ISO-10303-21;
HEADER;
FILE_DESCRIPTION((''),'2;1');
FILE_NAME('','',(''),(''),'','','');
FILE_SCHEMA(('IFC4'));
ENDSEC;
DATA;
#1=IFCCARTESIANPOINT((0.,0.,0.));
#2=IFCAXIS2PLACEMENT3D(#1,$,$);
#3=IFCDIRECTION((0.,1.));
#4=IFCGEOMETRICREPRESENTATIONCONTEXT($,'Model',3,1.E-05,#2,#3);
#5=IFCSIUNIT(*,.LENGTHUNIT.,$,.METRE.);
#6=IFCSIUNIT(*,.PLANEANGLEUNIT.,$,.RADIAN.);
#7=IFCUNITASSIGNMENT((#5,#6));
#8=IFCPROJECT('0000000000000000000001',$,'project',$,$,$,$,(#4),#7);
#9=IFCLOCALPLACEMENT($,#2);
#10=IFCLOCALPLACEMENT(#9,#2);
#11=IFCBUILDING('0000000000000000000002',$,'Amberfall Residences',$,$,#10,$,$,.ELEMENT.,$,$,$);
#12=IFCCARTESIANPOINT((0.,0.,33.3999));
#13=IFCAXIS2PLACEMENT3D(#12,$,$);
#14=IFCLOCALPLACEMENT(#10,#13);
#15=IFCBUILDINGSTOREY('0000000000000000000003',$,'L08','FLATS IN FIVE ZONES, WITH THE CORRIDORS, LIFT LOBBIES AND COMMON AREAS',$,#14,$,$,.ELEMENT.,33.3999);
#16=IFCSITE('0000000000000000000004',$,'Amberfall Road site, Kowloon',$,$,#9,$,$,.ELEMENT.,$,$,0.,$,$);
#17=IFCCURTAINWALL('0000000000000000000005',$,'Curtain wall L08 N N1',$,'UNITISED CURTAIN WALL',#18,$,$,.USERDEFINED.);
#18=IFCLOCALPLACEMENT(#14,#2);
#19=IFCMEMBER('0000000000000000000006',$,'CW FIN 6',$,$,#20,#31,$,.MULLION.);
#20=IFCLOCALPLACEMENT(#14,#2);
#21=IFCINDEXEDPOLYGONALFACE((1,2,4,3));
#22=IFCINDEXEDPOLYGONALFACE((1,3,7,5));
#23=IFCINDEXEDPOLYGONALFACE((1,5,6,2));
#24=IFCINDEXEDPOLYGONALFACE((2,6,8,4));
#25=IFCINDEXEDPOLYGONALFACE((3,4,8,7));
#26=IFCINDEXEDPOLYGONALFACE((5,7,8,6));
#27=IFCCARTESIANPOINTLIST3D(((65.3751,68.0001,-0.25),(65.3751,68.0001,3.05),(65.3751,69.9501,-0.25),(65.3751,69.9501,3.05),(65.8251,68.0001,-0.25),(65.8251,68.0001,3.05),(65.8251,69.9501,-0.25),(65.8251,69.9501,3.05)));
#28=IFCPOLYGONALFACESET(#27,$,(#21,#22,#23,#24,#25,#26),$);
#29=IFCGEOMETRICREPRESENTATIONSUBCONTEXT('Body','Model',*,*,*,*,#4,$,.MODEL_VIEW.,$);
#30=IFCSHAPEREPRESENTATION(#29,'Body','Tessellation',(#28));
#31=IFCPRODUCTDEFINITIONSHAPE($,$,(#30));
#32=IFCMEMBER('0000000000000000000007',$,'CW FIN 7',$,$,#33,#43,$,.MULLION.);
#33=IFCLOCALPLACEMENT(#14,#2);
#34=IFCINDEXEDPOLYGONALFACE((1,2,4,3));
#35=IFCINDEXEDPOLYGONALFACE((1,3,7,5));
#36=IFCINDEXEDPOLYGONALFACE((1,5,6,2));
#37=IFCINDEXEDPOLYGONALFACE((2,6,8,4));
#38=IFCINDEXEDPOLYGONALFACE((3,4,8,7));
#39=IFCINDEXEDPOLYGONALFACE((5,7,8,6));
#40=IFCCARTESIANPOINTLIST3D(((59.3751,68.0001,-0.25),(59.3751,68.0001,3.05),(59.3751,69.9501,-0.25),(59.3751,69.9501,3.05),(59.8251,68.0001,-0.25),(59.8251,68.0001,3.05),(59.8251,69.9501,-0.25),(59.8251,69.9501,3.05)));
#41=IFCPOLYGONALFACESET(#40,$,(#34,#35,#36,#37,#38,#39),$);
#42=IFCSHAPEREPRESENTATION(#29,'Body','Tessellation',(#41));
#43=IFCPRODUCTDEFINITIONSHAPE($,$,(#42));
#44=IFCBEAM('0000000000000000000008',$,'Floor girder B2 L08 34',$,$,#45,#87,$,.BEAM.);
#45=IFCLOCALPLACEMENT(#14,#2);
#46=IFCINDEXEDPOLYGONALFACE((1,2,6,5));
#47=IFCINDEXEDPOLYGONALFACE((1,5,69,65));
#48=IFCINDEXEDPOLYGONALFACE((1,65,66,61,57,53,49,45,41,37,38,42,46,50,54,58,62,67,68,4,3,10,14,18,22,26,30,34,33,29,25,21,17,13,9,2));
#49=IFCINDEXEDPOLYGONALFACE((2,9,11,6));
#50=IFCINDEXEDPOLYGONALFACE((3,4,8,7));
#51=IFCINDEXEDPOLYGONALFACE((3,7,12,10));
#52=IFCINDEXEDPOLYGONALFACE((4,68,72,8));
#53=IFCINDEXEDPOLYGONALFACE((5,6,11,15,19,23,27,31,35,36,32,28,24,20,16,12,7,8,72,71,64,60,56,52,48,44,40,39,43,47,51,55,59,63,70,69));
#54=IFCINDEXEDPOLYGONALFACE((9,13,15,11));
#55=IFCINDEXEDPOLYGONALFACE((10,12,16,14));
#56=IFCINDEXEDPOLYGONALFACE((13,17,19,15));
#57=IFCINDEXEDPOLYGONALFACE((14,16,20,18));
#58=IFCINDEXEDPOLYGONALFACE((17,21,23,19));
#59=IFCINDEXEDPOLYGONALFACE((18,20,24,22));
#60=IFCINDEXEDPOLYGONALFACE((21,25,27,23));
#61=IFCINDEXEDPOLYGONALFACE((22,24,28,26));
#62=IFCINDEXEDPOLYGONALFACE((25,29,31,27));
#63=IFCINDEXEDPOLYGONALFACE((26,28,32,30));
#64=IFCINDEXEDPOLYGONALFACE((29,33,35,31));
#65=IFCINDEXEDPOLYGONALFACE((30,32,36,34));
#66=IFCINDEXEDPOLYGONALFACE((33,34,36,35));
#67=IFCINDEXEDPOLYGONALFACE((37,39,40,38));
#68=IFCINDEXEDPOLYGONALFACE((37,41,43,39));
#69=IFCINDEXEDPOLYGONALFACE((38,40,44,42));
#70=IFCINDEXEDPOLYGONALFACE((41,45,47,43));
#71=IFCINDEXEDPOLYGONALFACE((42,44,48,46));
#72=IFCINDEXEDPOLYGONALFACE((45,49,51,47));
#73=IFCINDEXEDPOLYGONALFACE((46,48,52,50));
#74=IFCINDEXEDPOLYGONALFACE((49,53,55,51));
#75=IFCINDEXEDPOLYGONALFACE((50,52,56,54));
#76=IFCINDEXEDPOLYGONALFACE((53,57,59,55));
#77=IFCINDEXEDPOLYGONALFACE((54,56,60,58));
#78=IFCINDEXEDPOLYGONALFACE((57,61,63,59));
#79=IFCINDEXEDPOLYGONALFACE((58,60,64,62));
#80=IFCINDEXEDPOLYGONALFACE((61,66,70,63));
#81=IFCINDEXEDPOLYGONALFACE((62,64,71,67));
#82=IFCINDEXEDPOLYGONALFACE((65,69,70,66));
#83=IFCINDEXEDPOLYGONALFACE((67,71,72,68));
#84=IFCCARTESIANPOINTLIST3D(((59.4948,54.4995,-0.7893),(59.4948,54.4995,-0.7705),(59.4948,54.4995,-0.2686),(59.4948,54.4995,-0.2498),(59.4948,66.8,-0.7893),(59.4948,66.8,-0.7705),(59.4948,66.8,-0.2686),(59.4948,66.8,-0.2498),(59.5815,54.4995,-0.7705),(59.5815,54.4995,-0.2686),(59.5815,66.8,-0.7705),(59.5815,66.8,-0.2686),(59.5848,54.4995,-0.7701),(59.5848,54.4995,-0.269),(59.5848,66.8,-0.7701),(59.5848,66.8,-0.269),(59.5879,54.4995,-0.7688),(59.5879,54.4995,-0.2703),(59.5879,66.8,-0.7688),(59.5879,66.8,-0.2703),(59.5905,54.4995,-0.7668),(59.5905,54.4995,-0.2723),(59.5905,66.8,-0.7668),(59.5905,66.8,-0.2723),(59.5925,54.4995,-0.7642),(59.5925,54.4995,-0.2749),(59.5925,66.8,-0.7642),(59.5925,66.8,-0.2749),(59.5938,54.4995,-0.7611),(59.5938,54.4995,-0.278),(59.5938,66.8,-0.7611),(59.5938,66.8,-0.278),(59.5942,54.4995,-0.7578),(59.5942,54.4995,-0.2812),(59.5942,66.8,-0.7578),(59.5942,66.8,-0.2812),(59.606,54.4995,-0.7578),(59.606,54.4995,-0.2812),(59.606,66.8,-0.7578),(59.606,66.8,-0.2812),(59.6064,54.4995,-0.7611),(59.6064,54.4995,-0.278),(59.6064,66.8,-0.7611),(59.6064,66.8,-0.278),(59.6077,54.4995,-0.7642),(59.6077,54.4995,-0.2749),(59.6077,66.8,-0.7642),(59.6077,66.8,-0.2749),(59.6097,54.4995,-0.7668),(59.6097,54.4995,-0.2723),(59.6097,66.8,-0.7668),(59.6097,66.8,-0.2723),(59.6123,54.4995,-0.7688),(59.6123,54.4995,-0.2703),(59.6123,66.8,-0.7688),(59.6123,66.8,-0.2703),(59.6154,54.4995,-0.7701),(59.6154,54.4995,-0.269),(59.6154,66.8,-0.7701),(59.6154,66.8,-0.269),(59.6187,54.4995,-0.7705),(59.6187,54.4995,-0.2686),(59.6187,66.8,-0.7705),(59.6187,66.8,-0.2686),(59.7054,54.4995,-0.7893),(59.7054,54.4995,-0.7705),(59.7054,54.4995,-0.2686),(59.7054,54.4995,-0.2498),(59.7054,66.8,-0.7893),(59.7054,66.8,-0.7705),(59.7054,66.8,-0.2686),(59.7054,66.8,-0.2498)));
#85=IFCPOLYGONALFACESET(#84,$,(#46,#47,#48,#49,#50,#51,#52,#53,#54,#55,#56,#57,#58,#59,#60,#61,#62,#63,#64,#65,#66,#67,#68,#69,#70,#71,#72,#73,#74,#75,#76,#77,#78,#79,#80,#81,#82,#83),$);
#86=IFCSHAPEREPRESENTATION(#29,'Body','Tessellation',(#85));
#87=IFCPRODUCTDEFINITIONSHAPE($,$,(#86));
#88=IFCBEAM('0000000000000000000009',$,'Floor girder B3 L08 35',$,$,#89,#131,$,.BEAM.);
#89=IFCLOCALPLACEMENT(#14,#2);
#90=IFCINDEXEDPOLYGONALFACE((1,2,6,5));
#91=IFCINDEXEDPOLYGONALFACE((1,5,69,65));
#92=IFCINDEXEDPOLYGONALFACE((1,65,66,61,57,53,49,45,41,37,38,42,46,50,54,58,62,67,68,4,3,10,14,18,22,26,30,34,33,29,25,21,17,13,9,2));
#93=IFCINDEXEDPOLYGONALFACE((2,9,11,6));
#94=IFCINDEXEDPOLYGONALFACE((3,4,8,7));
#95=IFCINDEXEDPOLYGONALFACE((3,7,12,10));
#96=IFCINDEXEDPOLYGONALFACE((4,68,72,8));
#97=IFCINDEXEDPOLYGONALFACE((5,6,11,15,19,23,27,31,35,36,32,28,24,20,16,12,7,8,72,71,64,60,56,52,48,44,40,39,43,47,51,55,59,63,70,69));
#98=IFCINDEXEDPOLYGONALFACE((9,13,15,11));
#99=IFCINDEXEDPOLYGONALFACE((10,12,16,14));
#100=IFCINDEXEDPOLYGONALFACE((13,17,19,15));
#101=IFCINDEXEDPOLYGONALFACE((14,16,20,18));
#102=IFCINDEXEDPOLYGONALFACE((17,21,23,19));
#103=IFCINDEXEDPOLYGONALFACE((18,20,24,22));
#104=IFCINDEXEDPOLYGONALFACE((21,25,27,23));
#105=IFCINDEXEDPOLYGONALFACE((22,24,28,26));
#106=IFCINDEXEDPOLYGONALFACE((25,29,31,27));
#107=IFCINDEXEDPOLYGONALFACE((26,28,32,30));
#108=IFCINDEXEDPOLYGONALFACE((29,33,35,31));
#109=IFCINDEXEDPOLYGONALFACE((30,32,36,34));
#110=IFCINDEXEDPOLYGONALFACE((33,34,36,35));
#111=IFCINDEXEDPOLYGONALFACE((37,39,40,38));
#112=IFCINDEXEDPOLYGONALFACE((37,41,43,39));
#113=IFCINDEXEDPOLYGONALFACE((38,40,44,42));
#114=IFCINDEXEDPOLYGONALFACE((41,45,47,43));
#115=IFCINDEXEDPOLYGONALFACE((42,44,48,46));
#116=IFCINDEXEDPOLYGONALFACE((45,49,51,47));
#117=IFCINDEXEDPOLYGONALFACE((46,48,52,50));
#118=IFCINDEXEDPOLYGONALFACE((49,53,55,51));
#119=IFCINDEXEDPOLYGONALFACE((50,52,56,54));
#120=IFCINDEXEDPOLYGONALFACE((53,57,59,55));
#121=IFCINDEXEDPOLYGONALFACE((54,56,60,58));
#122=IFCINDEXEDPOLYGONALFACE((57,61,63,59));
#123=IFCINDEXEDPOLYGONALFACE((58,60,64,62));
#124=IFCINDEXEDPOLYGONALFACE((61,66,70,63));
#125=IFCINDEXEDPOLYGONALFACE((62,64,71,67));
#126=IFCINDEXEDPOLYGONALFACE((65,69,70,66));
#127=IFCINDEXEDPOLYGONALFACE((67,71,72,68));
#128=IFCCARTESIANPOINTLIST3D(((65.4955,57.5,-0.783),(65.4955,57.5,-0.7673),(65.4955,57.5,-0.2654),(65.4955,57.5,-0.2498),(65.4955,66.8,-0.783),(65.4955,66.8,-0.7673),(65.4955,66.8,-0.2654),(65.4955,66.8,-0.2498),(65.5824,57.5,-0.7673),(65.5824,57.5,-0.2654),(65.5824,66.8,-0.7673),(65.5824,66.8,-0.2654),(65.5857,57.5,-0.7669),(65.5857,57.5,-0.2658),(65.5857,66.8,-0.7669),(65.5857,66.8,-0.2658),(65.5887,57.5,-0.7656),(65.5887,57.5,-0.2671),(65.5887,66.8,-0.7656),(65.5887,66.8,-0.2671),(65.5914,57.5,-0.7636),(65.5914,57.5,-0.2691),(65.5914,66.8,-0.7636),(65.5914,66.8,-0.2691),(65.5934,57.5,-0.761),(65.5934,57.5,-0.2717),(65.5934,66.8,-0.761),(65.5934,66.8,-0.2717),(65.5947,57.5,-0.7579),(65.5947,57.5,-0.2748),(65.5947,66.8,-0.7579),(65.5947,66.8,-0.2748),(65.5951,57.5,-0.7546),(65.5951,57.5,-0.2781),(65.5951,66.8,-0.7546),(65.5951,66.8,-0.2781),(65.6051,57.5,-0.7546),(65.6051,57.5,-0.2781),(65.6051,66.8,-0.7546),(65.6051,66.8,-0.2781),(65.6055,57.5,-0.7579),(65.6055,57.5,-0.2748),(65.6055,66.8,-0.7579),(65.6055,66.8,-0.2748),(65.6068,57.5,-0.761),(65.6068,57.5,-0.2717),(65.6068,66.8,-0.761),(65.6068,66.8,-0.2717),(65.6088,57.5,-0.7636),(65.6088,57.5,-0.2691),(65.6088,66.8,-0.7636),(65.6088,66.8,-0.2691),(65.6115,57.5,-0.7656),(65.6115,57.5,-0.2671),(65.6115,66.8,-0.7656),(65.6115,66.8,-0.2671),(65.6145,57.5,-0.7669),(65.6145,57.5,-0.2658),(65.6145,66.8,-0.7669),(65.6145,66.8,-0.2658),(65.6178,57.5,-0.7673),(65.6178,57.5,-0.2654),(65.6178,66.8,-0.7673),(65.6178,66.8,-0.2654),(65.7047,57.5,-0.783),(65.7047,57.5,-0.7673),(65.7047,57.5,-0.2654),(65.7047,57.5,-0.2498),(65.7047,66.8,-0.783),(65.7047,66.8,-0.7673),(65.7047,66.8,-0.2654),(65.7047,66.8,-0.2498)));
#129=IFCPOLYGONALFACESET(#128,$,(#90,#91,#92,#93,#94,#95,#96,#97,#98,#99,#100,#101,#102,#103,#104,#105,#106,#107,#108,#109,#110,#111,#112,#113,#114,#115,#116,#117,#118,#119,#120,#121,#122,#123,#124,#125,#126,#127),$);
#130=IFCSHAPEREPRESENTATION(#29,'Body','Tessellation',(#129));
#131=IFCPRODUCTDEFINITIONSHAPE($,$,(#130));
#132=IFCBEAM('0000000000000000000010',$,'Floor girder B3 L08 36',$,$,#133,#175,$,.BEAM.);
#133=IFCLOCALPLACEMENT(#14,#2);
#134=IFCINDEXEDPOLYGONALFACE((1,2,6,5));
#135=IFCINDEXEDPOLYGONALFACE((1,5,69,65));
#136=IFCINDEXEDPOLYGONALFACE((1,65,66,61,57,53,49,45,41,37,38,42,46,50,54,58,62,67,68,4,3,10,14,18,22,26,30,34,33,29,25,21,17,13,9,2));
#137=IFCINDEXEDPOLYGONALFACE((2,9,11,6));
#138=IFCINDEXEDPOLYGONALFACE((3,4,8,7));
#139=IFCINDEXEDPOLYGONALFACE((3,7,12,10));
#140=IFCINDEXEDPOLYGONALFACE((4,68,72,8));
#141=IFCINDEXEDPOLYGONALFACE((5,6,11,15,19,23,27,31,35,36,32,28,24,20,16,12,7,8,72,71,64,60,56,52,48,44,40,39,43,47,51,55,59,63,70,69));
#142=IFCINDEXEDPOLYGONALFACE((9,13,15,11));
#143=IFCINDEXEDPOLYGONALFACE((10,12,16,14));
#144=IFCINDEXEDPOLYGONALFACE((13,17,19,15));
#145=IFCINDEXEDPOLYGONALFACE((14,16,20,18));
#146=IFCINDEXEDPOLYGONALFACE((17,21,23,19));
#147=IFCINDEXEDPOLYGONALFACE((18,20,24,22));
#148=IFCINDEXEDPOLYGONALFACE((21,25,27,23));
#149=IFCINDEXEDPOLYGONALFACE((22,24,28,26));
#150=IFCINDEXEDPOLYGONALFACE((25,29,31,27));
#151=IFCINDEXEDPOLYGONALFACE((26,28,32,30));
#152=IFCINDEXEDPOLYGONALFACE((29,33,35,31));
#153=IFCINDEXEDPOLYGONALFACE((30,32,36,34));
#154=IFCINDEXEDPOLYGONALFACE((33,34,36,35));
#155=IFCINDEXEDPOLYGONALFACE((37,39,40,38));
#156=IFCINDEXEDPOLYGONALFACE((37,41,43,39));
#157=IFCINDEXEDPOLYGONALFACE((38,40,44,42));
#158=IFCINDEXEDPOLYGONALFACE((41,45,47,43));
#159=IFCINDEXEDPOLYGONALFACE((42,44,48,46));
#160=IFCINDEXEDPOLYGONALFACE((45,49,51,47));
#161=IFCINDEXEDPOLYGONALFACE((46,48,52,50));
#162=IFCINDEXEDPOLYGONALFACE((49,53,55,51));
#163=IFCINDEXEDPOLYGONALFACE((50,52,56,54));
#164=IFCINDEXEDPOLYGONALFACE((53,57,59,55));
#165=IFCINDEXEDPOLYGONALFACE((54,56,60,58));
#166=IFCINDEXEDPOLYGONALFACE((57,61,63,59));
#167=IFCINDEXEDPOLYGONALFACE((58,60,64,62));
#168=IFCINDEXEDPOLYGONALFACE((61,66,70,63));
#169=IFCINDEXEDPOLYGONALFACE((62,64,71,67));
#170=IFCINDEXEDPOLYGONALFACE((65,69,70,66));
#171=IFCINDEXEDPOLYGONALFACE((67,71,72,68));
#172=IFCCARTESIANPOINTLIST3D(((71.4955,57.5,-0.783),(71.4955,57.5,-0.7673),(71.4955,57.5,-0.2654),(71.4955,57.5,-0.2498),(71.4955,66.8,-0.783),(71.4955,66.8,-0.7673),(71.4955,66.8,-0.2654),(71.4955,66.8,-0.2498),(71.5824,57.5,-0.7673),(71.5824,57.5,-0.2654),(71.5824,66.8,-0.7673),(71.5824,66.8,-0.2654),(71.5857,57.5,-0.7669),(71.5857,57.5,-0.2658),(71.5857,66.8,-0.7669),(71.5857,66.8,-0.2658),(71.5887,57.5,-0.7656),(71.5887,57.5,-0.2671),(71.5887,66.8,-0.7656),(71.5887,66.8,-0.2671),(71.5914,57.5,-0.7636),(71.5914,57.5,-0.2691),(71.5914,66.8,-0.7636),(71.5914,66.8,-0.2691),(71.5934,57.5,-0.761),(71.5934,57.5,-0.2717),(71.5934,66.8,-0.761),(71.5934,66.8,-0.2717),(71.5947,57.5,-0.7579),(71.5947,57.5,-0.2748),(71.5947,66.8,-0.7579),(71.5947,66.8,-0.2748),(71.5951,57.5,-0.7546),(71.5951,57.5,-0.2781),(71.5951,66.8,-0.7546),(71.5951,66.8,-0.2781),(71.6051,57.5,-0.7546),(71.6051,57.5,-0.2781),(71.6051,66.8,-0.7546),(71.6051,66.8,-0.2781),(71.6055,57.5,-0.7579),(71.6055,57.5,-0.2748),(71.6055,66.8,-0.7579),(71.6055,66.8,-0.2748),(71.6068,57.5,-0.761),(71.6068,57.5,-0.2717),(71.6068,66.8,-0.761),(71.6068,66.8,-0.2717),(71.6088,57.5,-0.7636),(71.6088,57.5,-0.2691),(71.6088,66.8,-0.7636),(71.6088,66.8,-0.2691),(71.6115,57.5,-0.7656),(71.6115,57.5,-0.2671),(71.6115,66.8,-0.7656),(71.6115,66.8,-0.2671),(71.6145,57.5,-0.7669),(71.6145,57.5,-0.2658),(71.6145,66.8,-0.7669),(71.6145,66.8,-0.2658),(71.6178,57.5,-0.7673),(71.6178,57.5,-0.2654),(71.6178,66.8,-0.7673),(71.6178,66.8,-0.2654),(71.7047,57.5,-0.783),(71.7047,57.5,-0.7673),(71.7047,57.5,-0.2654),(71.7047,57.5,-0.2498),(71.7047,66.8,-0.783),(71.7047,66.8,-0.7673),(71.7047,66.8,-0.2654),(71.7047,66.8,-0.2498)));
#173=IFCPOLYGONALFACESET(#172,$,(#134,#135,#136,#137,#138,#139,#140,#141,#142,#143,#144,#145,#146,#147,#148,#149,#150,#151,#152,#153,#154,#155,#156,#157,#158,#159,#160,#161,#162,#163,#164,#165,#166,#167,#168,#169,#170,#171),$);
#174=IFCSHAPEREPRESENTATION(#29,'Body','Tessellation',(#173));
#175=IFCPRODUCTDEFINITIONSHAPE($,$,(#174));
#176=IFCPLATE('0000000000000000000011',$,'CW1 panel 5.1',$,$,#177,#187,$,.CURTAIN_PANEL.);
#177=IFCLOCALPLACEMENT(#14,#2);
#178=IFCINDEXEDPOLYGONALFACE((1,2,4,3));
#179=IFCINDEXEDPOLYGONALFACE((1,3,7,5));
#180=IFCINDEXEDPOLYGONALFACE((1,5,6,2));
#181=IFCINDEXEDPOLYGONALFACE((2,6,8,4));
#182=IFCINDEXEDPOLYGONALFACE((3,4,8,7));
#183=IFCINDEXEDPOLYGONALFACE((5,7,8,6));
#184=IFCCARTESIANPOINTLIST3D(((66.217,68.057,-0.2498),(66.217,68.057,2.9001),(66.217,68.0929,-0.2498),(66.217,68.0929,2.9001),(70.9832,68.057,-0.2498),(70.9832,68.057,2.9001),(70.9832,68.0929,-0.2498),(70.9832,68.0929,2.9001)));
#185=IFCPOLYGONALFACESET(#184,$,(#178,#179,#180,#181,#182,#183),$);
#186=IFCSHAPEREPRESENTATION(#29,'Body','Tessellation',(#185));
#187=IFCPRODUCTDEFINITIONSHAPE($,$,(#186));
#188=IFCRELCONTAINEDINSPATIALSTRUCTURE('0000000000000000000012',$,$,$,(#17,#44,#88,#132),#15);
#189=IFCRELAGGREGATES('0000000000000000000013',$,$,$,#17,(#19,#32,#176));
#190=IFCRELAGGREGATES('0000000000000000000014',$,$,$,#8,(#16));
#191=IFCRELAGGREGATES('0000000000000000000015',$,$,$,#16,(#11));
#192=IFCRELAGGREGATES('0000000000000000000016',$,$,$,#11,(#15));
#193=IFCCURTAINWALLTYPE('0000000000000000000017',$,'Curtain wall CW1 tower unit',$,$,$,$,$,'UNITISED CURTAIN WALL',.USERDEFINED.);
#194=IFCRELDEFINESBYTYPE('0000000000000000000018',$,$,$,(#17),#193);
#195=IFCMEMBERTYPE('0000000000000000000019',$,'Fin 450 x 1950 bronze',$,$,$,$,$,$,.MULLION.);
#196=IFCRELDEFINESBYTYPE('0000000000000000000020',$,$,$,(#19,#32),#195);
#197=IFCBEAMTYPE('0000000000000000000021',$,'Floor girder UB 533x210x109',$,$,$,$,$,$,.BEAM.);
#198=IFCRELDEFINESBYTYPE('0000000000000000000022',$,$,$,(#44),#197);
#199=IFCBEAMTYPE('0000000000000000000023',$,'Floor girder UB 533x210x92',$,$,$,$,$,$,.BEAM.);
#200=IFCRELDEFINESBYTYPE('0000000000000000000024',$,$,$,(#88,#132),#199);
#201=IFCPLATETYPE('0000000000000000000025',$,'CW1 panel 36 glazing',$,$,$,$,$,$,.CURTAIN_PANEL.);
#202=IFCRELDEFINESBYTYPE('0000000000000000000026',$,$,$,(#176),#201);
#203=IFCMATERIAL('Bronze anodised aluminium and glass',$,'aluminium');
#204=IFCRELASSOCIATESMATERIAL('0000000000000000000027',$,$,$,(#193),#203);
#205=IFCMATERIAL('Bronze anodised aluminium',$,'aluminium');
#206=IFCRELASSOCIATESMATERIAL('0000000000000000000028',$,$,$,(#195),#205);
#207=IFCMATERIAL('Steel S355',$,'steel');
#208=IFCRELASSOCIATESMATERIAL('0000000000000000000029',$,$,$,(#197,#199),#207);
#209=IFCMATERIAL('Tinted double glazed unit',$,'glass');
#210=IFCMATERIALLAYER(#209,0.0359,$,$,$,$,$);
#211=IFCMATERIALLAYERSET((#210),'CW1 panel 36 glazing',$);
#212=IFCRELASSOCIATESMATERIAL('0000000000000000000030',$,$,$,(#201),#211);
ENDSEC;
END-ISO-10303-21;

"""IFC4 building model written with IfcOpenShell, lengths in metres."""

from ifc_helpers import new_model, si_unit, direction, frame, origin, origin_2d, place, context, subcontext, project, spatial, rectangle, i_section, extrude, material, layer, layer_set, material_profile, profile_set, type_object, element, aggregate, save


model = new_model("IFC4")

# Units and contexts
model_context = context("Model", 3, precision=1e-05, world=origin(), true_north=direction((0.0, 1.0)))
body_context = subcontext(model_context, "Body", "Model", "MODEL_VIEW")
ifc_project = project(units=[si_unit("LENGTHUNIT", "METRE"), si_unit("PLANEANGLEUNIT", "RADIAN")], contexts=[model_context])

# Site, building, storey
site_placement = place(None, origin())
site = spatial("IfcSite", under=ifc_project, at=site_placement, Name="Amberfall Road site, Kowloon", CompositionType="ELEMENT", RefElevation=0.0)
building_placement = place(site_placement, origin())
building = spatial("IfcBuilding", under=site, at=building_placement, Name="Amberfall Residences", CompositionType="ELEMENT")
storey_placement = place(building_placement, frame((0.0, 0.0, 33.3999)))
storey = spatial("IfcBuildingStorey", under=building, at=storey_placement, Name="L08", Description="FLATS IN FIVE ZONES, WITH THE CORRIDORS, LIFT LOBBIES AND COMMON AREAS", CompositionType="ELEMENT", Elevation=33.3999)

# Curtain wall
ifc_material_1 = material(Name="Bronze anodised aluminium and glass", Category="aluminium")
curtain_wall_type = type_object("IfcCurtainWallType", Name="Curtain wall CW1 tower unit", ElementType="UNITISED CURTAIN WALL", PredefinedType="USERDEFINED", material=ifc_material_1)
curtain_wall_placement = place(storey_placement, origin())
curtain_wall = element("IfcCurtainWall", 1, at=curtain_wall_placement, inside=storey, type_object=curtain_wall_type, Name="Curtain wall L08 N N1", ObjectType="UNITISED CURTAIN WALL", PredefinedType="USERDEFINED")
ifc_material_2 = material(Name="Bronze anodised aluminium", Category="aluminium")

# Shared definitions
ifc_material_3 = material(Name="Steel S355", Category="steel")

# Members
ifc_material_profile_1 = material_profile(ifc_material_2, rectangle(XDim=1.95, YDim=0.45, at=origin_2d()), Name="Fin 450 x 1950 bronze")
ifc_profile_set_1 = profile_set([ifc_material_profile_1], Name="Bronze anodised aluminium")
member_type_1 = type_object("IfcMemberType", Name="Fin 450 x 1950 bronze", PredefinedType="MULLION", material=ifc_profile_set_1)
member_1_placement = place(storey_placement, frame((65.6001, 68.9751, -0.25), z_axis=(0.0, 0.0, 1.0), x_axis=(0.0, -1.0, 0.0)))
member_1 = element("IfcMember", 2, at=member_1_placement, type_object=member_type_1, Name="CW FIN 6", PredefinedType="MULLION", context=body_context, shape_type="SweptSolid", body=[
    extrude(rectangle(XDim=1.95, YDim=0.45, at=origin_2d()), origin(), (0.0, 0.0, 1.0), 3.3),
])
member_2_placement = place(storey_placement, frame((59.6001, 68.9751, -0.25), z_axis=(0.0, 0.0, 1.0), x_axis=(0.0, -1.0, 0.0)))
member_2 = element("IfcMember", 3, at=member_2_placement, type_object=member_type_1, Name="CW FIN 7", PredefinedType="MULLION", context=body_context, shape_type="SweptSolid", body=[
    extrude(rectangle(XDim=1.95, YDim=0.45, at=origin_2d()), origin(), (0.0, 0.0, 1.0), 3.3),
])

# Beams
ifc_material_profile_2 = material_profile(ifc_material_3, i_section(OverallWidth=0.2107, OverallDepth=0.5396, WebThickness=0.0117, FlangeThickness=0.0188, FilletRadius=0.0127, at=origin_2d()), Name="UB 533x210x109")
ifc_profile_set_2 = profile_set([ifc_material_profile_2], Name="Steel S355")
beam_type_1 = type_object("IfcBeamType", Name="Floor girder UB 533x210x109", PredefinedType="BEAM", material=ifc_profile_set_2)
beam_placement = place(storey_placement, frame((59.6001, 66.8, -0.5195), z_axis=(0.0, -1.0, 0.0), x_axis=(1.0, 0.0, 0.0)))
element("IfcBeam", 4, at=beam_placement, inside=storey, type_object=beam_type_1, Name="Floor girder B2 L08 34", PredefinedType="BEAM", context=body_context, shape_type="SweptSolid", body=[
    extrude(i_section(OverallWidth=0.2107, OverallDepth=0.5396, WebThickness=0.0117, FlangeThickness=0.0188, FilletRadius=0.0127, at=origin_2d()), origin(), (0.0, 0.0, 1.0), 12.3005),
])
ifc_material_profile_3 = material_profile(ifc_material_3, i_section(OverallWidth=0.2092, OverallDepth=0.5332, WebThickness=0.01, FlangeThickness=0.0156, FilletRadius=0.0127, at=origin_2d()), Name="UB 533x210x92")
ifc_profile_set_3 = profile_set([ifc_material_profile_3], Name="Steel S355")
beam_type_2 = type_object("IfcBeamType", Name="Floor girder UB 533x210x92", PredefinedType="BEAM", material=ifc_profile_set_3)
for number, where, z_axis, x_axis, name in (
    (5, (65.6001, 66.8, -0.5164), (0.0, -1.0, 0.0), (1.0, 0.0, 0.0), "Floor girder B3 L08 35"),
    (6, (71.6001, 66.8, -0.5164), (0.0, -1.0, 0.0), (1.0, 0.0, 0.0), "Floor girder B3 L08 36"),
):
    element("IfcBeam", number, at=place(storey_placement, frame(where, z_axis=z_axis, x_axis=x_axis)), inside=storey, type_object=beam_type_2, Name=name, PredefinedType="BEAM", context=body_context, shape_type="SweptSolid", body=[
        extrude(i_section(OverallWidth=0.2092, OverallDepth=0.5332, WebThickness=0.01, FlangeThickness=0.0156, FilletRadius=0.0127, at=origin_2d()), origin(), (0.0, 0.0, 1.0), 9.3),
    ])

# Plate
ifc_material_4 = material(Name="Tinted double glazed unit", Category="glass")
ifc_layer_1 = layer(ifc_material_4, 0.0359)
ifc_layer_set_1 = layer_set([ifc_layer_1], Name="CW1 panel 36 glazing")
plate_type = type_object("IfcPlateType", Name="CW1 panel 36 glazing", PredefinedType="CURTAIN_PANEL", material=ifc_layer_set_1)
plate_1_placement = place(storey_placement, frame((68.6001, 68.075, -0.2498), z_axis=(0.0, 0.0, 1.0), x_axis=(-1.0, 0.0, 0.0)))
plate_1 = element("IfcPlate", 7, at=plate_1_placement, type_object=plate_type, Name="CW1 panel 5.1", PredefinedType="CURTAIN_PANEL", context=body_context, shape_type="SweptSolid", body=[
    extrude(rectangle(XDim=4.7661, YDim=0.0359, at=origin_2d()), origin(), (0.0, 0.0, 1.0), 3.1499),
])
aggregate(curtain_wall, [member_1, member_2, plate_1])

save(model, "model.ifc")
